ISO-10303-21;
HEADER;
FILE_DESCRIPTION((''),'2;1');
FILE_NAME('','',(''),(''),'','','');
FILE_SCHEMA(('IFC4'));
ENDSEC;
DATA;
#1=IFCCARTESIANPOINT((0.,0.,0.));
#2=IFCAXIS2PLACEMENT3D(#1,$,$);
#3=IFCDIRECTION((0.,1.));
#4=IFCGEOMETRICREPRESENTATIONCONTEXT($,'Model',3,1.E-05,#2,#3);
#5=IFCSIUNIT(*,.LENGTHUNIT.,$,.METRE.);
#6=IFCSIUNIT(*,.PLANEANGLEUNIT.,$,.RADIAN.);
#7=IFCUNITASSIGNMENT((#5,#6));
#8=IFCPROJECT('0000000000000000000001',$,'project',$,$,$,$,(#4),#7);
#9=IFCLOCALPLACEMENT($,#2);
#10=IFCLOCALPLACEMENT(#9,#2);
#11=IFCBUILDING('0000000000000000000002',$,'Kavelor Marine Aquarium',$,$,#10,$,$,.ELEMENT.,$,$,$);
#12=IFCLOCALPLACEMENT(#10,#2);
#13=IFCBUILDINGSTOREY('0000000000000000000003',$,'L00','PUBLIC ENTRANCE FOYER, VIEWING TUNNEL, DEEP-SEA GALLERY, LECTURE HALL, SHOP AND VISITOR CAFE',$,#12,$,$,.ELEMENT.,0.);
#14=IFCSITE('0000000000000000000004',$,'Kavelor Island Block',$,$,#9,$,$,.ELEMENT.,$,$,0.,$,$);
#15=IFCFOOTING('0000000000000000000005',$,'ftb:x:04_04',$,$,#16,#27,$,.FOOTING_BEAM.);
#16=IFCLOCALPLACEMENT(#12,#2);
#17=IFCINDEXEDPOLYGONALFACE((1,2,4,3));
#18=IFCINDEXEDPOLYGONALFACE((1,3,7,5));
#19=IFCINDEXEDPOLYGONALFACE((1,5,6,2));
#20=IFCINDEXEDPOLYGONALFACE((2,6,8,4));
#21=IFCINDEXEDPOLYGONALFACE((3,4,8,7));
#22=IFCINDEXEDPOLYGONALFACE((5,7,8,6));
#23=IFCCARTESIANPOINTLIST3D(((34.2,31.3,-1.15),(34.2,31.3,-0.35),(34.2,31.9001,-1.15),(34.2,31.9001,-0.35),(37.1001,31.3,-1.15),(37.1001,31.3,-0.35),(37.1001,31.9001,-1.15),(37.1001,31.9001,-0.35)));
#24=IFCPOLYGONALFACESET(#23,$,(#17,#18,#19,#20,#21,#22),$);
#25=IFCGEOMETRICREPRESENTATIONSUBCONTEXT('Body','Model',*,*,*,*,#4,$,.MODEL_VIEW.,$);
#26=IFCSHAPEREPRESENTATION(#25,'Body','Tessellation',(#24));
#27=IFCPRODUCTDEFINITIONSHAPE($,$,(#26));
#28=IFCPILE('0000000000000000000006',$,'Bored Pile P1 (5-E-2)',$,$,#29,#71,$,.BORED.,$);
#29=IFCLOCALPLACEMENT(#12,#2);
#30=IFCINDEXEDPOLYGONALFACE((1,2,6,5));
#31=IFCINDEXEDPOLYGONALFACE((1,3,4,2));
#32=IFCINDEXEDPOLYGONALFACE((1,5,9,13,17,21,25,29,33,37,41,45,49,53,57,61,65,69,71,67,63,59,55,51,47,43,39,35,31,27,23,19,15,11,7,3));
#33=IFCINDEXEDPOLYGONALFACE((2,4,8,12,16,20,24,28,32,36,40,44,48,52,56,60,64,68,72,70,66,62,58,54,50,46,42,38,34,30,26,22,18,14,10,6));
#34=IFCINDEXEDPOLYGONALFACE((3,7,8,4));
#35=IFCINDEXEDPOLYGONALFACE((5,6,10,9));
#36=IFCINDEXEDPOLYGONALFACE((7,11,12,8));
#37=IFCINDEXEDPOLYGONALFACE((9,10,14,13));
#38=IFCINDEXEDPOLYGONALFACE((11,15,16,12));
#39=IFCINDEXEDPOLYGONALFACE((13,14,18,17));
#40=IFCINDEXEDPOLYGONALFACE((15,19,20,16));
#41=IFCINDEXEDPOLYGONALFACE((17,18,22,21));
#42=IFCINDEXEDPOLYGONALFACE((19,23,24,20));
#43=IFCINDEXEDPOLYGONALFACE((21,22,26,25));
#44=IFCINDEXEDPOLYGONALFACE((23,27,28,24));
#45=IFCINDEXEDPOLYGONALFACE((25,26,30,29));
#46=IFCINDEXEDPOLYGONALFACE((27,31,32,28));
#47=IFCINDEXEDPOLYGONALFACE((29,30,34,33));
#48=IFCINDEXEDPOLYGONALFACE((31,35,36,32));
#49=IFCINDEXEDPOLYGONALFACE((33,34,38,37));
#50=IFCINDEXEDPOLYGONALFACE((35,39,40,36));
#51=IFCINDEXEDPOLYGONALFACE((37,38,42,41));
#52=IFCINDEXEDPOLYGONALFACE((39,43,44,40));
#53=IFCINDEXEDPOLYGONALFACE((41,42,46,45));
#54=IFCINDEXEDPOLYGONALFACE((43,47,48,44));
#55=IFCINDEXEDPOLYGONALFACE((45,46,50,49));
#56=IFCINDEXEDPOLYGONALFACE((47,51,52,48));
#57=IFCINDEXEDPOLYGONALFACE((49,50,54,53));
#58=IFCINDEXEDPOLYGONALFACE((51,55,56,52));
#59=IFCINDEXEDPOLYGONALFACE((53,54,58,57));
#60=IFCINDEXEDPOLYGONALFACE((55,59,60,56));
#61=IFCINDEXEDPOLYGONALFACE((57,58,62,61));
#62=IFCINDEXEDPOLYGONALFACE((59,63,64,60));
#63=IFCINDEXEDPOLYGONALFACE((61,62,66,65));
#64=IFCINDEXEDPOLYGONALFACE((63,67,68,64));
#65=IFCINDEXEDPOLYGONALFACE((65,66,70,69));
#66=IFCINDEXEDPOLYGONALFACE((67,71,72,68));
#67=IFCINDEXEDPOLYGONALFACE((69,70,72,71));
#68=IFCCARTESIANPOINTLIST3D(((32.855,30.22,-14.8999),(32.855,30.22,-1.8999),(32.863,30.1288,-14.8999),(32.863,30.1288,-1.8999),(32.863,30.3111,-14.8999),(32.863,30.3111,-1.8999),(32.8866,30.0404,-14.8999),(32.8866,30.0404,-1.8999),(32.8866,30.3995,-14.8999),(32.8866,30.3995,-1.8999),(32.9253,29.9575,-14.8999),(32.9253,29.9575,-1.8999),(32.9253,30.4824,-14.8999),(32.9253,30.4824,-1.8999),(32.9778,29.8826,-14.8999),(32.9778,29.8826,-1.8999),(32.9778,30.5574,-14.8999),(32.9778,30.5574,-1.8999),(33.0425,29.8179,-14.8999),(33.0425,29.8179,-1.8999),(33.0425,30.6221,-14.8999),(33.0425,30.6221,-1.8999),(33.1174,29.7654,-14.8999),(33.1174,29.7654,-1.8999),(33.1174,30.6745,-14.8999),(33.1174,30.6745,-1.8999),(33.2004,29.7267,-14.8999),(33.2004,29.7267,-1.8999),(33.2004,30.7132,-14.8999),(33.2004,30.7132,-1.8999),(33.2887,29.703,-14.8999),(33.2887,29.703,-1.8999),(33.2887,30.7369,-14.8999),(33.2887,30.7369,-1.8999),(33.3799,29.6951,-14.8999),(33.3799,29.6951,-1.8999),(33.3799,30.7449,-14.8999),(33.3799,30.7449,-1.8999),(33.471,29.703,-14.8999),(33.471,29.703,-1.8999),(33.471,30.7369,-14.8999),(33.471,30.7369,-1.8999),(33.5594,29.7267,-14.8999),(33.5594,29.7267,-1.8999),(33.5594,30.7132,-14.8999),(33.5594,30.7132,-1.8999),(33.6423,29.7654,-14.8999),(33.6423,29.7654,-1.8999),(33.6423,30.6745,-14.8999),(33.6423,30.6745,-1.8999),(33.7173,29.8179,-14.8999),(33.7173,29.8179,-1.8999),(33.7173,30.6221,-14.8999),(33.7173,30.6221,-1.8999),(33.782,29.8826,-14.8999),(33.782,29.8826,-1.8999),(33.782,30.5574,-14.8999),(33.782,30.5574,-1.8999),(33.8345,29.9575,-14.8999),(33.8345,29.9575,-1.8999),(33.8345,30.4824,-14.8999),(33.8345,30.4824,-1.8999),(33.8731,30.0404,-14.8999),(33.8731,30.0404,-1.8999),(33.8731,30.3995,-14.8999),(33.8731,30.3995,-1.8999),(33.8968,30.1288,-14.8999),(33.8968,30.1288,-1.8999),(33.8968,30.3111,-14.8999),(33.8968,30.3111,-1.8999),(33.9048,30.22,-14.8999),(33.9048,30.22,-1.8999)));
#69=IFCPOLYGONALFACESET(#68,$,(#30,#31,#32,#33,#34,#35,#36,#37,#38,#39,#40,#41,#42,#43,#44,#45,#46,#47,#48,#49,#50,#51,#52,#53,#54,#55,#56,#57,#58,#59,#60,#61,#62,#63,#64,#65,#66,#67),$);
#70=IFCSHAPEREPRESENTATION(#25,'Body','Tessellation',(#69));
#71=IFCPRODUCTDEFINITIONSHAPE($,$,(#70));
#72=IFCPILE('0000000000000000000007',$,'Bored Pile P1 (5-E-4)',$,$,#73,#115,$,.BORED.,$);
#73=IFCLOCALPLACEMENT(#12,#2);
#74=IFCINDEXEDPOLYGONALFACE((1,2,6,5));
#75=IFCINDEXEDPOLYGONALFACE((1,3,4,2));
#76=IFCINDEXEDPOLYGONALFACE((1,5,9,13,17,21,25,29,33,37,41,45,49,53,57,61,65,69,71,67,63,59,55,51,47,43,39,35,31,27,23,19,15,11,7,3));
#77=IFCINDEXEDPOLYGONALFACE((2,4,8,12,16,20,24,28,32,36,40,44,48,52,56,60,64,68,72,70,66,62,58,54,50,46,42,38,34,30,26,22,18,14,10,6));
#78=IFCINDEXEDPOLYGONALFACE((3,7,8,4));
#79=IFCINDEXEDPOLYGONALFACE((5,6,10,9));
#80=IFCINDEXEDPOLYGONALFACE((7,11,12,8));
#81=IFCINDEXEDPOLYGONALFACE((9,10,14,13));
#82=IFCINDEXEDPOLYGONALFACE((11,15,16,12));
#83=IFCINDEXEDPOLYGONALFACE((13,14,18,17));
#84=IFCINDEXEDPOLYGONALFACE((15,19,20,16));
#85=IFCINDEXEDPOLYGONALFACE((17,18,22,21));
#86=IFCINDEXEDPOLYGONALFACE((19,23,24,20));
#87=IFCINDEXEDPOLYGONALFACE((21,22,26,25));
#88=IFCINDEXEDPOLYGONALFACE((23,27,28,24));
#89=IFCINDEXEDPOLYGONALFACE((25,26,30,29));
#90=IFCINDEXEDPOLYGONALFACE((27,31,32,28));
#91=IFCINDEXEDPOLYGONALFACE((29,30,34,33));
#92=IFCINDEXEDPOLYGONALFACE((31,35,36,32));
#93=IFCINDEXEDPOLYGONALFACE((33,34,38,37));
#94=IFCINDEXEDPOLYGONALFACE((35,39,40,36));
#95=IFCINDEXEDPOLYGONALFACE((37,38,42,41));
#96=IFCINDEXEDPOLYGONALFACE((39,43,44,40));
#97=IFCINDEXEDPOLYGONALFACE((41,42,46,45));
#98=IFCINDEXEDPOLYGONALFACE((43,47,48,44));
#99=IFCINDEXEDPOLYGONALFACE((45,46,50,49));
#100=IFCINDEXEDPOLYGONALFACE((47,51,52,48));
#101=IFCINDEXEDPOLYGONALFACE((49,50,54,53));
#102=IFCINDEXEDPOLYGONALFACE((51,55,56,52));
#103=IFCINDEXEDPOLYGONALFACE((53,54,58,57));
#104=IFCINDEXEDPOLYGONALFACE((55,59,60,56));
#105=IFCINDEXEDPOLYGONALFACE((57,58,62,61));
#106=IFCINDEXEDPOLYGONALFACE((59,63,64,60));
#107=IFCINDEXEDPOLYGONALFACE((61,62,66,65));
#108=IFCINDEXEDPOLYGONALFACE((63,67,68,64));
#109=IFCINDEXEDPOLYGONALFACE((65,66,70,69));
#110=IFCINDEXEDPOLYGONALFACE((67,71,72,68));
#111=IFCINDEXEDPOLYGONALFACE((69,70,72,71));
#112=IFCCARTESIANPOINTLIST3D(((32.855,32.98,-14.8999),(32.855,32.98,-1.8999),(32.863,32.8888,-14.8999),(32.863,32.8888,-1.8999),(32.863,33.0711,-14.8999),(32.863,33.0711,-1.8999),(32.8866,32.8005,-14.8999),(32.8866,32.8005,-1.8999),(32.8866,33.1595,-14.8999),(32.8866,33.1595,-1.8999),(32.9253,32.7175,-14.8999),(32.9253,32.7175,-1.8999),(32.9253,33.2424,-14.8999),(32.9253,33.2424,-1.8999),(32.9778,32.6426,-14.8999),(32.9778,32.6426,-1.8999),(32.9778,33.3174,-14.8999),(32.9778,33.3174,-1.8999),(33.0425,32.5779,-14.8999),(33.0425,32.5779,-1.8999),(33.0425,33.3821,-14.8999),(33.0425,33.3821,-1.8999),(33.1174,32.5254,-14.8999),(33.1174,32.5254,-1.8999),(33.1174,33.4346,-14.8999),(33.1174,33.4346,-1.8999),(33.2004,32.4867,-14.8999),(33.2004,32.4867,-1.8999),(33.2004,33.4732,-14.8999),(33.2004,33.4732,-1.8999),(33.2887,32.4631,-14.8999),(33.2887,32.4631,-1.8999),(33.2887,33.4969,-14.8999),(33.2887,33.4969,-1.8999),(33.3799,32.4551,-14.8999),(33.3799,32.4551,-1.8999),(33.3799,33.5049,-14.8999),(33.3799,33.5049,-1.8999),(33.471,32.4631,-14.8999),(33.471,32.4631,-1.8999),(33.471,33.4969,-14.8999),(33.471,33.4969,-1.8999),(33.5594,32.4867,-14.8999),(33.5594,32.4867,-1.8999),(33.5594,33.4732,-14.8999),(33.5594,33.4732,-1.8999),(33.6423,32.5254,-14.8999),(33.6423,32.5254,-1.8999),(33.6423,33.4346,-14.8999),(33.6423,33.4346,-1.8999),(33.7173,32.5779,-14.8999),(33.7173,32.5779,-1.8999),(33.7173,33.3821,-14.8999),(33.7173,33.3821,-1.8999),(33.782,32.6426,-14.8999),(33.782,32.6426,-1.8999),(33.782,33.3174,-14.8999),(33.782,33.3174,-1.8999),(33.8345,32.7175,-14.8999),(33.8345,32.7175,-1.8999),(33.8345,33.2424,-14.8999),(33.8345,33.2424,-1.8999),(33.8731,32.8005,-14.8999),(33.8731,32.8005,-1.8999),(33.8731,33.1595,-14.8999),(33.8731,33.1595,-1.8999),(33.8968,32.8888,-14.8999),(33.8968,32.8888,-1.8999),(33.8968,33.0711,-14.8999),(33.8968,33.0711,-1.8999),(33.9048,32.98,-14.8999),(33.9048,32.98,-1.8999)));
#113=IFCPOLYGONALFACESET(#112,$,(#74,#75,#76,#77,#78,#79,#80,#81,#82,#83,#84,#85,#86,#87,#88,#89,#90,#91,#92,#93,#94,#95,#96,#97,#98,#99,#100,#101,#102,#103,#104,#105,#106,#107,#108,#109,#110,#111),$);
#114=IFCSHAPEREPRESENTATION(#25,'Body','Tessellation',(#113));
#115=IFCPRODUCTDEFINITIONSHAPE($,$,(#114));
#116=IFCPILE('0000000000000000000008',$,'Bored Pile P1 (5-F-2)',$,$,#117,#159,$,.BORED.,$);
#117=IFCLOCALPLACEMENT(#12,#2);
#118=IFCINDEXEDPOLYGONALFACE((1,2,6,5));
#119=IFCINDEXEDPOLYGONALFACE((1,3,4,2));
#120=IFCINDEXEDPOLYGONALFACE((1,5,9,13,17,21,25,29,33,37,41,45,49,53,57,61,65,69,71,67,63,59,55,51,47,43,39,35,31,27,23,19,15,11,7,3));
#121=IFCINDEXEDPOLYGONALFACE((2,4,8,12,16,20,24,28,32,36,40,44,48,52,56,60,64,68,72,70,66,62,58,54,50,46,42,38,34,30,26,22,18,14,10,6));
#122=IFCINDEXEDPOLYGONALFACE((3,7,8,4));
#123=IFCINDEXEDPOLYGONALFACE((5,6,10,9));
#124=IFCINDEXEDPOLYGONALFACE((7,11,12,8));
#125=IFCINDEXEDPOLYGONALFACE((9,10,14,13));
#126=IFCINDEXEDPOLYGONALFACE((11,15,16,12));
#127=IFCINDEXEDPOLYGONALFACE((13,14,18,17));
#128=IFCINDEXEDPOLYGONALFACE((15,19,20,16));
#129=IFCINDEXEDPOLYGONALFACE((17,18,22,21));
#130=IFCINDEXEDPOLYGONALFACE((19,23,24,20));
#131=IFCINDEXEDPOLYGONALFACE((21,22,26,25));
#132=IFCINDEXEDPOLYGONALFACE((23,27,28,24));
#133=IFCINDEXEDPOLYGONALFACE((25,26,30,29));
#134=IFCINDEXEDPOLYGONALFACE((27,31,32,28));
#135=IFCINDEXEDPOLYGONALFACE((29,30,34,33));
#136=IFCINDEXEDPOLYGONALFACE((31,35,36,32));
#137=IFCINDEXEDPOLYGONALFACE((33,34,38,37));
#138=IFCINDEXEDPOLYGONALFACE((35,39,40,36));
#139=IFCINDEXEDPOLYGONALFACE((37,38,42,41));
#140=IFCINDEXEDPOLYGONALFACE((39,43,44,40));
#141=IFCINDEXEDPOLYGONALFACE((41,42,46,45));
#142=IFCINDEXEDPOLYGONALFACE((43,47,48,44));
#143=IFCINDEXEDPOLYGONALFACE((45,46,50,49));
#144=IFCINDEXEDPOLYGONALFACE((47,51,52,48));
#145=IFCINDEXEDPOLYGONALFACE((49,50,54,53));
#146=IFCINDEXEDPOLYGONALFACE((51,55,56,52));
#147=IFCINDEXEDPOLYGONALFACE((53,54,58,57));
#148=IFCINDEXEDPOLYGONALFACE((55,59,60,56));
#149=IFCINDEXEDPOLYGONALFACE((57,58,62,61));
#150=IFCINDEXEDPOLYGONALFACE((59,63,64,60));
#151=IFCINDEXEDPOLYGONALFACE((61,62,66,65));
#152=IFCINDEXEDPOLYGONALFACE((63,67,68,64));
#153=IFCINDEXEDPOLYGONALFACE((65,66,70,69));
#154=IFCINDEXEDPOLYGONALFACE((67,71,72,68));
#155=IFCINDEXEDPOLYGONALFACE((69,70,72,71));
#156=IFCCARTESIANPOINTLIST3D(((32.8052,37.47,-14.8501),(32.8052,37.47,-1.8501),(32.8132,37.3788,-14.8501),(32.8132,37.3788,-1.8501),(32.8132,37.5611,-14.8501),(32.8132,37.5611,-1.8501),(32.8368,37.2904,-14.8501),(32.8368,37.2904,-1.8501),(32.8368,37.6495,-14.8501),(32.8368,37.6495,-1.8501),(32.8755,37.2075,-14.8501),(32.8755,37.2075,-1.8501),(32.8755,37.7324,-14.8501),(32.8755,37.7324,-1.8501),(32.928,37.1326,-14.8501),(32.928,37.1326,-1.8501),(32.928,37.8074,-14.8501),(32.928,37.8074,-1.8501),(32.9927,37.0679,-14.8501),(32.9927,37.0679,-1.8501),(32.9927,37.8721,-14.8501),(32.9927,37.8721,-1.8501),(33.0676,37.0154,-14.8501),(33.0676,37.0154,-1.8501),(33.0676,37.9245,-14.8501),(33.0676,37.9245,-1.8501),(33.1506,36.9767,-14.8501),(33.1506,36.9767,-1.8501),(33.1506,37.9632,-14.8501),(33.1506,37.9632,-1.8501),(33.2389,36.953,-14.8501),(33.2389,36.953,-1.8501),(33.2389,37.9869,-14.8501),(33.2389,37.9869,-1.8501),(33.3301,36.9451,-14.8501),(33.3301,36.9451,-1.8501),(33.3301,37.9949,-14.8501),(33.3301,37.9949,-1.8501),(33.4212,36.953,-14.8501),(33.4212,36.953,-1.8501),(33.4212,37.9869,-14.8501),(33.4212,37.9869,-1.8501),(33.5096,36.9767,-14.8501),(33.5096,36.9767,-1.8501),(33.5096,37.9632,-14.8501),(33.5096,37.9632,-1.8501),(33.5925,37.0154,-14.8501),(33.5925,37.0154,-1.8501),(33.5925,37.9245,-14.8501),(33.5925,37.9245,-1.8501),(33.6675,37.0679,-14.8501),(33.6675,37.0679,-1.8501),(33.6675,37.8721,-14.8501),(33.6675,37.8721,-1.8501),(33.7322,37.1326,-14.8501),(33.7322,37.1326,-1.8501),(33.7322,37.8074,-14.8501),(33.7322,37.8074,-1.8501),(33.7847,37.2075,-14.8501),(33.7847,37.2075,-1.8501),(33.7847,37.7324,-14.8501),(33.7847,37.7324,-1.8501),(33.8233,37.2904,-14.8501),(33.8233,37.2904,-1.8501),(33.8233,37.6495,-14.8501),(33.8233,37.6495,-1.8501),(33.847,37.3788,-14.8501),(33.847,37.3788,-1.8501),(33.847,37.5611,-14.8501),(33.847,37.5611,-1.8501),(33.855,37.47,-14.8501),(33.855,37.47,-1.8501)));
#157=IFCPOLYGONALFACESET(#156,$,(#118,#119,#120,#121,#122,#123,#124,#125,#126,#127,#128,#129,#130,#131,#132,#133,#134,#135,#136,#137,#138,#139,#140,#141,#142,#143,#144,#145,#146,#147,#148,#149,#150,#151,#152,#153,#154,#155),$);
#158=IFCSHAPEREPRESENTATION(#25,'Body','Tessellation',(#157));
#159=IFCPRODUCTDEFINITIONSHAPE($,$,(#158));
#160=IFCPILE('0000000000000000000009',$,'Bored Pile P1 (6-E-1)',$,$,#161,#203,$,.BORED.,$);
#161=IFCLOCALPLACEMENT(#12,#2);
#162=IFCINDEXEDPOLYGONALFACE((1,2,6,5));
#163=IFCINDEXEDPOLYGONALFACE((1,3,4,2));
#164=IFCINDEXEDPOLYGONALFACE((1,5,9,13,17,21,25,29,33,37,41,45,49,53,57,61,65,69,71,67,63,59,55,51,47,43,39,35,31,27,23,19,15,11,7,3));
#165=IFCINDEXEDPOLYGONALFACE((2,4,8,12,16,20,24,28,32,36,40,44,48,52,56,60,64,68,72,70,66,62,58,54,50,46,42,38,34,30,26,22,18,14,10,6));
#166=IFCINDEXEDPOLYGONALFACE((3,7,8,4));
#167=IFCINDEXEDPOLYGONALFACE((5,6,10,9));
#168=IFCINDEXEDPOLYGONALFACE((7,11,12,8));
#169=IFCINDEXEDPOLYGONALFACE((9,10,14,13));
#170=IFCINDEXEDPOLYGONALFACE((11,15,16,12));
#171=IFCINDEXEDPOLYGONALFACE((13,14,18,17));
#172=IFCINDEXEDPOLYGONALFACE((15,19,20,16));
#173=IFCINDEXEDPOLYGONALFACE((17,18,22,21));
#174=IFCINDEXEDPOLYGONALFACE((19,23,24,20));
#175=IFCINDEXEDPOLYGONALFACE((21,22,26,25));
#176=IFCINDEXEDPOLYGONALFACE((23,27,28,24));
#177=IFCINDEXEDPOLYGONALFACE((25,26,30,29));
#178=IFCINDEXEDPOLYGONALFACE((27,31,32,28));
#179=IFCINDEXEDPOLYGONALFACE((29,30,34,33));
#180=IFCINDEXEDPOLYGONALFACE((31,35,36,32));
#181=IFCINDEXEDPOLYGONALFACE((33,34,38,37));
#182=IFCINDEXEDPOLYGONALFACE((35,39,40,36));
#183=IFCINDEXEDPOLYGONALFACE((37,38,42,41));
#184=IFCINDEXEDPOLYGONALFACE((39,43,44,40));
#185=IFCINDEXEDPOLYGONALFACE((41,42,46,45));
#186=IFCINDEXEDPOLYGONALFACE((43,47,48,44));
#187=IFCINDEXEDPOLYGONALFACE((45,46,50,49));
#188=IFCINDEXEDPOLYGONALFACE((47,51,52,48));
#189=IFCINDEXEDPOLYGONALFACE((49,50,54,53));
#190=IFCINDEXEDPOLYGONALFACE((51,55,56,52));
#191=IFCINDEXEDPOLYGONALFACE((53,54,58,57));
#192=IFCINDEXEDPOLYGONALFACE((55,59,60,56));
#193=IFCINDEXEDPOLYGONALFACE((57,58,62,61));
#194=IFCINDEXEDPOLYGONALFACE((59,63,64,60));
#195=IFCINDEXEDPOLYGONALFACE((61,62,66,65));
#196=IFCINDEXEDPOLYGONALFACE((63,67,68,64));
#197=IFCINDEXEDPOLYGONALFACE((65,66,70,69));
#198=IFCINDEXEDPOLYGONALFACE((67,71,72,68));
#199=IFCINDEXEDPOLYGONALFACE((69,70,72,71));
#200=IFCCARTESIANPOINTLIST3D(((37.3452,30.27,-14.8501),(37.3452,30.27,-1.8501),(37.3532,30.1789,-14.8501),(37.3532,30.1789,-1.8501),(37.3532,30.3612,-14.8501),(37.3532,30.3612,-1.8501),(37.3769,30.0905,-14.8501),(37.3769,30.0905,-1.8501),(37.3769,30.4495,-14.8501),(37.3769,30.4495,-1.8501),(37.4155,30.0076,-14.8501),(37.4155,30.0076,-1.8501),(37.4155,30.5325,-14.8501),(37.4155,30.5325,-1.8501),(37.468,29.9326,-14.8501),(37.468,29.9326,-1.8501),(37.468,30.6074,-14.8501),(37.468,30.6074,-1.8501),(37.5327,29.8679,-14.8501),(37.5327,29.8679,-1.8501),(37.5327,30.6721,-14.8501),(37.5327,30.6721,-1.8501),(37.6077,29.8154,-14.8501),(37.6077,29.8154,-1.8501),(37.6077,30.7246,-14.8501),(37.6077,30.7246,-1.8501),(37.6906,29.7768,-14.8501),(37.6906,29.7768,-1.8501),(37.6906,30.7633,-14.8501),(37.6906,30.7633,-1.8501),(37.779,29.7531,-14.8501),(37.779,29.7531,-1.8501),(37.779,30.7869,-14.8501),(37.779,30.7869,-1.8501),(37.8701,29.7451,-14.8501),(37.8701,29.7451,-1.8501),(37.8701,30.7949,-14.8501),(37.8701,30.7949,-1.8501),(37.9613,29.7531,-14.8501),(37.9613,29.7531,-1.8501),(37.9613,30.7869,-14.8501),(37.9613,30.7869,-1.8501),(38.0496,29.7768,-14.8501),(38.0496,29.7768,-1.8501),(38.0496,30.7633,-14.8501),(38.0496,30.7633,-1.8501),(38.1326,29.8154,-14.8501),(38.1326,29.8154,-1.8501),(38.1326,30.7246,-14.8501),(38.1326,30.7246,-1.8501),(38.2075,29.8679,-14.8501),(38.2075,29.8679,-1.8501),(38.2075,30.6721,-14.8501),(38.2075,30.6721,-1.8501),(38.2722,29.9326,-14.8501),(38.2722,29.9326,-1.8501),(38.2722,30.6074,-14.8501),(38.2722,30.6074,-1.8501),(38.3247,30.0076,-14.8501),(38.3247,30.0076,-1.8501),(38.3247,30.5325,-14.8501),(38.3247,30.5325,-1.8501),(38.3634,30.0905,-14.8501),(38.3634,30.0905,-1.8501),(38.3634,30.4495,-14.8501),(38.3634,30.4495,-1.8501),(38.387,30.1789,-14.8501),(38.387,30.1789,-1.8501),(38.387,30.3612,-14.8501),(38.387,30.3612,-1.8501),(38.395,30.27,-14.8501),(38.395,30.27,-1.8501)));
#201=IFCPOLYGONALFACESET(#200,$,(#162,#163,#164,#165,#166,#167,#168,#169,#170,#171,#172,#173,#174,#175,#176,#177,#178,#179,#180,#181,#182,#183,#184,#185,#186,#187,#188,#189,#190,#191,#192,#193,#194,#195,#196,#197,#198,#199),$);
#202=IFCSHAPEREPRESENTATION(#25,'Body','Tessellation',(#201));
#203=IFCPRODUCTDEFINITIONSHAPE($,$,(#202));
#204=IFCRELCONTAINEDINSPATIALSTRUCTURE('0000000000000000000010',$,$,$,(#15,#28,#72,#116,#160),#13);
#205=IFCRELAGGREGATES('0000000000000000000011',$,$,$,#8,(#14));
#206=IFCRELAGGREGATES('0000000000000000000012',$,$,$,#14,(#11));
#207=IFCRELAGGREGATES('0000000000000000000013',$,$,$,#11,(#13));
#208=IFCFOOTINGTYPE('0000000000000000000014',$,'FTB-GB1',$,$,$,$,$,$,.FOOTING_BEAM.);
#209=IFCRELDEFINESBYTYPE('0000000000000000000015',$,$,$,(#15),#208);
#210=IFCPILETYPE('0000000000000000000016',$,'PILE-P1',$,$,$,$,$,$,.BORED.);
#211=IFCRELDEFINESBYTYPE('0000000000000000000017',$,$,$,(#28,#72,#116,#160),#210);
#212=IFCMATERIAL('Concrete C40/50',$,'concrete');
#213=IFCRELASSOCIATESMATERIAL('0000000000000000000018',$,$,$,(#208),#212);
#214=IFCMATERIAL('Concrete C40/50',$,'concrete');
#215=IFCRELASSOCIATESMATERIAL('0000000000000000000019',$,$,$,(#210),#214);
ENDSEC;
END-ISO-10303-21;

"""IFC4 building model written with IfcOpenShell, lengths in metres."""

from ifc_helpers import new_model, si_unit, direction, frame, origin, origin_2d, place, context, subcontext, project, spatial, rectangle, circle, extrude, material, material_profile, profile_set, type_object, element, save


model = new_model("IFC4")

# Units and contexts
model_context = context("Model", 3, precision=1e-05, world=origin(), true_north=direction((0.0, 1.0)))
body_context = subcontext(model_context, "Body", "Model", "MODEL_VIEW")
ifc_project = project(units=[si_unit("LENGTHUNIT", "METRE"), si_unit("PLANEANGLEUNIT", "RADIAN")], contexts=[model_context])

# Site, building, storey
site_placement = place(None, origin())
site = spatial("IfcSite", under=ifc_project, at=site_placement, Name="Kavelor Island Block", CompositionType="ELEMENT", RefElevation=0.0)
building_placement = place(site_placement, origin())
building = spatial("IfcBuilding", under=site, at=building_placement, Name="Kavelor Marine Aquarium", CompositionType="ELEMENT")
storey_placement = place(building_placement, origin())
storey = spatial("IfcBuildingStorey", under=building, at=storey_placement, Name="L00", Description="PUBLIC ENTRANCE FOYER, VIEWING TUNNEL, DEEP-SEA GALLERY, LECTURE HALL, SHOP AND VISITOR CAFE", CompositionType="ELEMENT", Elevation=0.0)

# Footing
ifc_material_1 = material(Name="Concrete C40/50", Category="concrete")
ifc_material_profile_1 = material_profile(ifc_material_1, rectangle(XDim=0.6001, YDim=0.8, at=origin_2d()), Name="GB 600x800")
ifc_profile_set_1 = profile_set([ifc_material_profile_1], Name="Concrete C40/50")
footing_type = type_object("IfcFootingType", Name="FTB-GB1", PredefinedType="FOOTING_BEAM", material=ifc_profile_set_1)
footing_placement = place(storey_placement, frame((34.2, 31.6001, -0.75), z_axis=(1.0, 0.0, 0.0), x_axis=(0.0, 1.0, 0.0)))
element("IfcFooting", 1, at=footing_placement, inside=storey, type_object=footing_type, Name="ftb:x:04_04", PredefinedType="FOOTING_BEAM", context=body_context, shape_type="SweptSolid", body=[
    extrude(rectangle(XDim=0.6001, YDim=0.8, at=origin_2d()), origin(), (0.0, 0.0, 1.0), 2.9001),
])

# Piles
ifc_material_2 = material(Name="Concrete C40/50", Category="concrete")
ifc_material_profile_2 = material_profile(ifc_material_2, circle(Radius=0.5249, at=origin_2d()), Name="PILE D1050")
ifc_profile_set_2 = profile_set([ifc_material_profile_2], Name="Concrete C40/50")
pile_type = type_object("IfcPileType", Name="PILE-P1", PredefinedType="BORED", material=ifc_profile_set_2)
for number, where, z_axis, x_axis, name in (
    (2, (33.3799, 30.22, -1.8999), (0.0, 0.0, -1.0), (1.0, 0.0, 0.0), "Bored Pile P1 (5-E-2)"),
    (3, (33.3799, 32.98, -1.8999), (0.0, 0.0, -1.0), (1.0, 0.0, 0.0), "Bored Pile P1 (5-E-4)"),
    (4, (33.3301, 37.47, -1.8501), (0.0, 0.0, -1.0), (1.0, 0.0, 0.0), "Bored Pile P1 (5-F-2)"),
    (5, (37.8701, 30.27, -1.8501), (0.0, 0.0, -1.0), (1.0, 0.0, 0.0), "Bored Pile P1 (6-E-1)"),
):
    element("IfcPile", number, at=place(storey_placement, frame(where, z_axis=z_axis, x_axis=x_axis)), inside=storey, type_object=pile_type, Name=name, PredefinedType="BORED", context=body_context, shape_type="SweptSolid", body=[
        extrude(circle(Radius=0.5249, at=origin_2d()), origin(), (0.0, 0.0, 1.0), 13.0),
    ])

save(model, "model.ifc")
